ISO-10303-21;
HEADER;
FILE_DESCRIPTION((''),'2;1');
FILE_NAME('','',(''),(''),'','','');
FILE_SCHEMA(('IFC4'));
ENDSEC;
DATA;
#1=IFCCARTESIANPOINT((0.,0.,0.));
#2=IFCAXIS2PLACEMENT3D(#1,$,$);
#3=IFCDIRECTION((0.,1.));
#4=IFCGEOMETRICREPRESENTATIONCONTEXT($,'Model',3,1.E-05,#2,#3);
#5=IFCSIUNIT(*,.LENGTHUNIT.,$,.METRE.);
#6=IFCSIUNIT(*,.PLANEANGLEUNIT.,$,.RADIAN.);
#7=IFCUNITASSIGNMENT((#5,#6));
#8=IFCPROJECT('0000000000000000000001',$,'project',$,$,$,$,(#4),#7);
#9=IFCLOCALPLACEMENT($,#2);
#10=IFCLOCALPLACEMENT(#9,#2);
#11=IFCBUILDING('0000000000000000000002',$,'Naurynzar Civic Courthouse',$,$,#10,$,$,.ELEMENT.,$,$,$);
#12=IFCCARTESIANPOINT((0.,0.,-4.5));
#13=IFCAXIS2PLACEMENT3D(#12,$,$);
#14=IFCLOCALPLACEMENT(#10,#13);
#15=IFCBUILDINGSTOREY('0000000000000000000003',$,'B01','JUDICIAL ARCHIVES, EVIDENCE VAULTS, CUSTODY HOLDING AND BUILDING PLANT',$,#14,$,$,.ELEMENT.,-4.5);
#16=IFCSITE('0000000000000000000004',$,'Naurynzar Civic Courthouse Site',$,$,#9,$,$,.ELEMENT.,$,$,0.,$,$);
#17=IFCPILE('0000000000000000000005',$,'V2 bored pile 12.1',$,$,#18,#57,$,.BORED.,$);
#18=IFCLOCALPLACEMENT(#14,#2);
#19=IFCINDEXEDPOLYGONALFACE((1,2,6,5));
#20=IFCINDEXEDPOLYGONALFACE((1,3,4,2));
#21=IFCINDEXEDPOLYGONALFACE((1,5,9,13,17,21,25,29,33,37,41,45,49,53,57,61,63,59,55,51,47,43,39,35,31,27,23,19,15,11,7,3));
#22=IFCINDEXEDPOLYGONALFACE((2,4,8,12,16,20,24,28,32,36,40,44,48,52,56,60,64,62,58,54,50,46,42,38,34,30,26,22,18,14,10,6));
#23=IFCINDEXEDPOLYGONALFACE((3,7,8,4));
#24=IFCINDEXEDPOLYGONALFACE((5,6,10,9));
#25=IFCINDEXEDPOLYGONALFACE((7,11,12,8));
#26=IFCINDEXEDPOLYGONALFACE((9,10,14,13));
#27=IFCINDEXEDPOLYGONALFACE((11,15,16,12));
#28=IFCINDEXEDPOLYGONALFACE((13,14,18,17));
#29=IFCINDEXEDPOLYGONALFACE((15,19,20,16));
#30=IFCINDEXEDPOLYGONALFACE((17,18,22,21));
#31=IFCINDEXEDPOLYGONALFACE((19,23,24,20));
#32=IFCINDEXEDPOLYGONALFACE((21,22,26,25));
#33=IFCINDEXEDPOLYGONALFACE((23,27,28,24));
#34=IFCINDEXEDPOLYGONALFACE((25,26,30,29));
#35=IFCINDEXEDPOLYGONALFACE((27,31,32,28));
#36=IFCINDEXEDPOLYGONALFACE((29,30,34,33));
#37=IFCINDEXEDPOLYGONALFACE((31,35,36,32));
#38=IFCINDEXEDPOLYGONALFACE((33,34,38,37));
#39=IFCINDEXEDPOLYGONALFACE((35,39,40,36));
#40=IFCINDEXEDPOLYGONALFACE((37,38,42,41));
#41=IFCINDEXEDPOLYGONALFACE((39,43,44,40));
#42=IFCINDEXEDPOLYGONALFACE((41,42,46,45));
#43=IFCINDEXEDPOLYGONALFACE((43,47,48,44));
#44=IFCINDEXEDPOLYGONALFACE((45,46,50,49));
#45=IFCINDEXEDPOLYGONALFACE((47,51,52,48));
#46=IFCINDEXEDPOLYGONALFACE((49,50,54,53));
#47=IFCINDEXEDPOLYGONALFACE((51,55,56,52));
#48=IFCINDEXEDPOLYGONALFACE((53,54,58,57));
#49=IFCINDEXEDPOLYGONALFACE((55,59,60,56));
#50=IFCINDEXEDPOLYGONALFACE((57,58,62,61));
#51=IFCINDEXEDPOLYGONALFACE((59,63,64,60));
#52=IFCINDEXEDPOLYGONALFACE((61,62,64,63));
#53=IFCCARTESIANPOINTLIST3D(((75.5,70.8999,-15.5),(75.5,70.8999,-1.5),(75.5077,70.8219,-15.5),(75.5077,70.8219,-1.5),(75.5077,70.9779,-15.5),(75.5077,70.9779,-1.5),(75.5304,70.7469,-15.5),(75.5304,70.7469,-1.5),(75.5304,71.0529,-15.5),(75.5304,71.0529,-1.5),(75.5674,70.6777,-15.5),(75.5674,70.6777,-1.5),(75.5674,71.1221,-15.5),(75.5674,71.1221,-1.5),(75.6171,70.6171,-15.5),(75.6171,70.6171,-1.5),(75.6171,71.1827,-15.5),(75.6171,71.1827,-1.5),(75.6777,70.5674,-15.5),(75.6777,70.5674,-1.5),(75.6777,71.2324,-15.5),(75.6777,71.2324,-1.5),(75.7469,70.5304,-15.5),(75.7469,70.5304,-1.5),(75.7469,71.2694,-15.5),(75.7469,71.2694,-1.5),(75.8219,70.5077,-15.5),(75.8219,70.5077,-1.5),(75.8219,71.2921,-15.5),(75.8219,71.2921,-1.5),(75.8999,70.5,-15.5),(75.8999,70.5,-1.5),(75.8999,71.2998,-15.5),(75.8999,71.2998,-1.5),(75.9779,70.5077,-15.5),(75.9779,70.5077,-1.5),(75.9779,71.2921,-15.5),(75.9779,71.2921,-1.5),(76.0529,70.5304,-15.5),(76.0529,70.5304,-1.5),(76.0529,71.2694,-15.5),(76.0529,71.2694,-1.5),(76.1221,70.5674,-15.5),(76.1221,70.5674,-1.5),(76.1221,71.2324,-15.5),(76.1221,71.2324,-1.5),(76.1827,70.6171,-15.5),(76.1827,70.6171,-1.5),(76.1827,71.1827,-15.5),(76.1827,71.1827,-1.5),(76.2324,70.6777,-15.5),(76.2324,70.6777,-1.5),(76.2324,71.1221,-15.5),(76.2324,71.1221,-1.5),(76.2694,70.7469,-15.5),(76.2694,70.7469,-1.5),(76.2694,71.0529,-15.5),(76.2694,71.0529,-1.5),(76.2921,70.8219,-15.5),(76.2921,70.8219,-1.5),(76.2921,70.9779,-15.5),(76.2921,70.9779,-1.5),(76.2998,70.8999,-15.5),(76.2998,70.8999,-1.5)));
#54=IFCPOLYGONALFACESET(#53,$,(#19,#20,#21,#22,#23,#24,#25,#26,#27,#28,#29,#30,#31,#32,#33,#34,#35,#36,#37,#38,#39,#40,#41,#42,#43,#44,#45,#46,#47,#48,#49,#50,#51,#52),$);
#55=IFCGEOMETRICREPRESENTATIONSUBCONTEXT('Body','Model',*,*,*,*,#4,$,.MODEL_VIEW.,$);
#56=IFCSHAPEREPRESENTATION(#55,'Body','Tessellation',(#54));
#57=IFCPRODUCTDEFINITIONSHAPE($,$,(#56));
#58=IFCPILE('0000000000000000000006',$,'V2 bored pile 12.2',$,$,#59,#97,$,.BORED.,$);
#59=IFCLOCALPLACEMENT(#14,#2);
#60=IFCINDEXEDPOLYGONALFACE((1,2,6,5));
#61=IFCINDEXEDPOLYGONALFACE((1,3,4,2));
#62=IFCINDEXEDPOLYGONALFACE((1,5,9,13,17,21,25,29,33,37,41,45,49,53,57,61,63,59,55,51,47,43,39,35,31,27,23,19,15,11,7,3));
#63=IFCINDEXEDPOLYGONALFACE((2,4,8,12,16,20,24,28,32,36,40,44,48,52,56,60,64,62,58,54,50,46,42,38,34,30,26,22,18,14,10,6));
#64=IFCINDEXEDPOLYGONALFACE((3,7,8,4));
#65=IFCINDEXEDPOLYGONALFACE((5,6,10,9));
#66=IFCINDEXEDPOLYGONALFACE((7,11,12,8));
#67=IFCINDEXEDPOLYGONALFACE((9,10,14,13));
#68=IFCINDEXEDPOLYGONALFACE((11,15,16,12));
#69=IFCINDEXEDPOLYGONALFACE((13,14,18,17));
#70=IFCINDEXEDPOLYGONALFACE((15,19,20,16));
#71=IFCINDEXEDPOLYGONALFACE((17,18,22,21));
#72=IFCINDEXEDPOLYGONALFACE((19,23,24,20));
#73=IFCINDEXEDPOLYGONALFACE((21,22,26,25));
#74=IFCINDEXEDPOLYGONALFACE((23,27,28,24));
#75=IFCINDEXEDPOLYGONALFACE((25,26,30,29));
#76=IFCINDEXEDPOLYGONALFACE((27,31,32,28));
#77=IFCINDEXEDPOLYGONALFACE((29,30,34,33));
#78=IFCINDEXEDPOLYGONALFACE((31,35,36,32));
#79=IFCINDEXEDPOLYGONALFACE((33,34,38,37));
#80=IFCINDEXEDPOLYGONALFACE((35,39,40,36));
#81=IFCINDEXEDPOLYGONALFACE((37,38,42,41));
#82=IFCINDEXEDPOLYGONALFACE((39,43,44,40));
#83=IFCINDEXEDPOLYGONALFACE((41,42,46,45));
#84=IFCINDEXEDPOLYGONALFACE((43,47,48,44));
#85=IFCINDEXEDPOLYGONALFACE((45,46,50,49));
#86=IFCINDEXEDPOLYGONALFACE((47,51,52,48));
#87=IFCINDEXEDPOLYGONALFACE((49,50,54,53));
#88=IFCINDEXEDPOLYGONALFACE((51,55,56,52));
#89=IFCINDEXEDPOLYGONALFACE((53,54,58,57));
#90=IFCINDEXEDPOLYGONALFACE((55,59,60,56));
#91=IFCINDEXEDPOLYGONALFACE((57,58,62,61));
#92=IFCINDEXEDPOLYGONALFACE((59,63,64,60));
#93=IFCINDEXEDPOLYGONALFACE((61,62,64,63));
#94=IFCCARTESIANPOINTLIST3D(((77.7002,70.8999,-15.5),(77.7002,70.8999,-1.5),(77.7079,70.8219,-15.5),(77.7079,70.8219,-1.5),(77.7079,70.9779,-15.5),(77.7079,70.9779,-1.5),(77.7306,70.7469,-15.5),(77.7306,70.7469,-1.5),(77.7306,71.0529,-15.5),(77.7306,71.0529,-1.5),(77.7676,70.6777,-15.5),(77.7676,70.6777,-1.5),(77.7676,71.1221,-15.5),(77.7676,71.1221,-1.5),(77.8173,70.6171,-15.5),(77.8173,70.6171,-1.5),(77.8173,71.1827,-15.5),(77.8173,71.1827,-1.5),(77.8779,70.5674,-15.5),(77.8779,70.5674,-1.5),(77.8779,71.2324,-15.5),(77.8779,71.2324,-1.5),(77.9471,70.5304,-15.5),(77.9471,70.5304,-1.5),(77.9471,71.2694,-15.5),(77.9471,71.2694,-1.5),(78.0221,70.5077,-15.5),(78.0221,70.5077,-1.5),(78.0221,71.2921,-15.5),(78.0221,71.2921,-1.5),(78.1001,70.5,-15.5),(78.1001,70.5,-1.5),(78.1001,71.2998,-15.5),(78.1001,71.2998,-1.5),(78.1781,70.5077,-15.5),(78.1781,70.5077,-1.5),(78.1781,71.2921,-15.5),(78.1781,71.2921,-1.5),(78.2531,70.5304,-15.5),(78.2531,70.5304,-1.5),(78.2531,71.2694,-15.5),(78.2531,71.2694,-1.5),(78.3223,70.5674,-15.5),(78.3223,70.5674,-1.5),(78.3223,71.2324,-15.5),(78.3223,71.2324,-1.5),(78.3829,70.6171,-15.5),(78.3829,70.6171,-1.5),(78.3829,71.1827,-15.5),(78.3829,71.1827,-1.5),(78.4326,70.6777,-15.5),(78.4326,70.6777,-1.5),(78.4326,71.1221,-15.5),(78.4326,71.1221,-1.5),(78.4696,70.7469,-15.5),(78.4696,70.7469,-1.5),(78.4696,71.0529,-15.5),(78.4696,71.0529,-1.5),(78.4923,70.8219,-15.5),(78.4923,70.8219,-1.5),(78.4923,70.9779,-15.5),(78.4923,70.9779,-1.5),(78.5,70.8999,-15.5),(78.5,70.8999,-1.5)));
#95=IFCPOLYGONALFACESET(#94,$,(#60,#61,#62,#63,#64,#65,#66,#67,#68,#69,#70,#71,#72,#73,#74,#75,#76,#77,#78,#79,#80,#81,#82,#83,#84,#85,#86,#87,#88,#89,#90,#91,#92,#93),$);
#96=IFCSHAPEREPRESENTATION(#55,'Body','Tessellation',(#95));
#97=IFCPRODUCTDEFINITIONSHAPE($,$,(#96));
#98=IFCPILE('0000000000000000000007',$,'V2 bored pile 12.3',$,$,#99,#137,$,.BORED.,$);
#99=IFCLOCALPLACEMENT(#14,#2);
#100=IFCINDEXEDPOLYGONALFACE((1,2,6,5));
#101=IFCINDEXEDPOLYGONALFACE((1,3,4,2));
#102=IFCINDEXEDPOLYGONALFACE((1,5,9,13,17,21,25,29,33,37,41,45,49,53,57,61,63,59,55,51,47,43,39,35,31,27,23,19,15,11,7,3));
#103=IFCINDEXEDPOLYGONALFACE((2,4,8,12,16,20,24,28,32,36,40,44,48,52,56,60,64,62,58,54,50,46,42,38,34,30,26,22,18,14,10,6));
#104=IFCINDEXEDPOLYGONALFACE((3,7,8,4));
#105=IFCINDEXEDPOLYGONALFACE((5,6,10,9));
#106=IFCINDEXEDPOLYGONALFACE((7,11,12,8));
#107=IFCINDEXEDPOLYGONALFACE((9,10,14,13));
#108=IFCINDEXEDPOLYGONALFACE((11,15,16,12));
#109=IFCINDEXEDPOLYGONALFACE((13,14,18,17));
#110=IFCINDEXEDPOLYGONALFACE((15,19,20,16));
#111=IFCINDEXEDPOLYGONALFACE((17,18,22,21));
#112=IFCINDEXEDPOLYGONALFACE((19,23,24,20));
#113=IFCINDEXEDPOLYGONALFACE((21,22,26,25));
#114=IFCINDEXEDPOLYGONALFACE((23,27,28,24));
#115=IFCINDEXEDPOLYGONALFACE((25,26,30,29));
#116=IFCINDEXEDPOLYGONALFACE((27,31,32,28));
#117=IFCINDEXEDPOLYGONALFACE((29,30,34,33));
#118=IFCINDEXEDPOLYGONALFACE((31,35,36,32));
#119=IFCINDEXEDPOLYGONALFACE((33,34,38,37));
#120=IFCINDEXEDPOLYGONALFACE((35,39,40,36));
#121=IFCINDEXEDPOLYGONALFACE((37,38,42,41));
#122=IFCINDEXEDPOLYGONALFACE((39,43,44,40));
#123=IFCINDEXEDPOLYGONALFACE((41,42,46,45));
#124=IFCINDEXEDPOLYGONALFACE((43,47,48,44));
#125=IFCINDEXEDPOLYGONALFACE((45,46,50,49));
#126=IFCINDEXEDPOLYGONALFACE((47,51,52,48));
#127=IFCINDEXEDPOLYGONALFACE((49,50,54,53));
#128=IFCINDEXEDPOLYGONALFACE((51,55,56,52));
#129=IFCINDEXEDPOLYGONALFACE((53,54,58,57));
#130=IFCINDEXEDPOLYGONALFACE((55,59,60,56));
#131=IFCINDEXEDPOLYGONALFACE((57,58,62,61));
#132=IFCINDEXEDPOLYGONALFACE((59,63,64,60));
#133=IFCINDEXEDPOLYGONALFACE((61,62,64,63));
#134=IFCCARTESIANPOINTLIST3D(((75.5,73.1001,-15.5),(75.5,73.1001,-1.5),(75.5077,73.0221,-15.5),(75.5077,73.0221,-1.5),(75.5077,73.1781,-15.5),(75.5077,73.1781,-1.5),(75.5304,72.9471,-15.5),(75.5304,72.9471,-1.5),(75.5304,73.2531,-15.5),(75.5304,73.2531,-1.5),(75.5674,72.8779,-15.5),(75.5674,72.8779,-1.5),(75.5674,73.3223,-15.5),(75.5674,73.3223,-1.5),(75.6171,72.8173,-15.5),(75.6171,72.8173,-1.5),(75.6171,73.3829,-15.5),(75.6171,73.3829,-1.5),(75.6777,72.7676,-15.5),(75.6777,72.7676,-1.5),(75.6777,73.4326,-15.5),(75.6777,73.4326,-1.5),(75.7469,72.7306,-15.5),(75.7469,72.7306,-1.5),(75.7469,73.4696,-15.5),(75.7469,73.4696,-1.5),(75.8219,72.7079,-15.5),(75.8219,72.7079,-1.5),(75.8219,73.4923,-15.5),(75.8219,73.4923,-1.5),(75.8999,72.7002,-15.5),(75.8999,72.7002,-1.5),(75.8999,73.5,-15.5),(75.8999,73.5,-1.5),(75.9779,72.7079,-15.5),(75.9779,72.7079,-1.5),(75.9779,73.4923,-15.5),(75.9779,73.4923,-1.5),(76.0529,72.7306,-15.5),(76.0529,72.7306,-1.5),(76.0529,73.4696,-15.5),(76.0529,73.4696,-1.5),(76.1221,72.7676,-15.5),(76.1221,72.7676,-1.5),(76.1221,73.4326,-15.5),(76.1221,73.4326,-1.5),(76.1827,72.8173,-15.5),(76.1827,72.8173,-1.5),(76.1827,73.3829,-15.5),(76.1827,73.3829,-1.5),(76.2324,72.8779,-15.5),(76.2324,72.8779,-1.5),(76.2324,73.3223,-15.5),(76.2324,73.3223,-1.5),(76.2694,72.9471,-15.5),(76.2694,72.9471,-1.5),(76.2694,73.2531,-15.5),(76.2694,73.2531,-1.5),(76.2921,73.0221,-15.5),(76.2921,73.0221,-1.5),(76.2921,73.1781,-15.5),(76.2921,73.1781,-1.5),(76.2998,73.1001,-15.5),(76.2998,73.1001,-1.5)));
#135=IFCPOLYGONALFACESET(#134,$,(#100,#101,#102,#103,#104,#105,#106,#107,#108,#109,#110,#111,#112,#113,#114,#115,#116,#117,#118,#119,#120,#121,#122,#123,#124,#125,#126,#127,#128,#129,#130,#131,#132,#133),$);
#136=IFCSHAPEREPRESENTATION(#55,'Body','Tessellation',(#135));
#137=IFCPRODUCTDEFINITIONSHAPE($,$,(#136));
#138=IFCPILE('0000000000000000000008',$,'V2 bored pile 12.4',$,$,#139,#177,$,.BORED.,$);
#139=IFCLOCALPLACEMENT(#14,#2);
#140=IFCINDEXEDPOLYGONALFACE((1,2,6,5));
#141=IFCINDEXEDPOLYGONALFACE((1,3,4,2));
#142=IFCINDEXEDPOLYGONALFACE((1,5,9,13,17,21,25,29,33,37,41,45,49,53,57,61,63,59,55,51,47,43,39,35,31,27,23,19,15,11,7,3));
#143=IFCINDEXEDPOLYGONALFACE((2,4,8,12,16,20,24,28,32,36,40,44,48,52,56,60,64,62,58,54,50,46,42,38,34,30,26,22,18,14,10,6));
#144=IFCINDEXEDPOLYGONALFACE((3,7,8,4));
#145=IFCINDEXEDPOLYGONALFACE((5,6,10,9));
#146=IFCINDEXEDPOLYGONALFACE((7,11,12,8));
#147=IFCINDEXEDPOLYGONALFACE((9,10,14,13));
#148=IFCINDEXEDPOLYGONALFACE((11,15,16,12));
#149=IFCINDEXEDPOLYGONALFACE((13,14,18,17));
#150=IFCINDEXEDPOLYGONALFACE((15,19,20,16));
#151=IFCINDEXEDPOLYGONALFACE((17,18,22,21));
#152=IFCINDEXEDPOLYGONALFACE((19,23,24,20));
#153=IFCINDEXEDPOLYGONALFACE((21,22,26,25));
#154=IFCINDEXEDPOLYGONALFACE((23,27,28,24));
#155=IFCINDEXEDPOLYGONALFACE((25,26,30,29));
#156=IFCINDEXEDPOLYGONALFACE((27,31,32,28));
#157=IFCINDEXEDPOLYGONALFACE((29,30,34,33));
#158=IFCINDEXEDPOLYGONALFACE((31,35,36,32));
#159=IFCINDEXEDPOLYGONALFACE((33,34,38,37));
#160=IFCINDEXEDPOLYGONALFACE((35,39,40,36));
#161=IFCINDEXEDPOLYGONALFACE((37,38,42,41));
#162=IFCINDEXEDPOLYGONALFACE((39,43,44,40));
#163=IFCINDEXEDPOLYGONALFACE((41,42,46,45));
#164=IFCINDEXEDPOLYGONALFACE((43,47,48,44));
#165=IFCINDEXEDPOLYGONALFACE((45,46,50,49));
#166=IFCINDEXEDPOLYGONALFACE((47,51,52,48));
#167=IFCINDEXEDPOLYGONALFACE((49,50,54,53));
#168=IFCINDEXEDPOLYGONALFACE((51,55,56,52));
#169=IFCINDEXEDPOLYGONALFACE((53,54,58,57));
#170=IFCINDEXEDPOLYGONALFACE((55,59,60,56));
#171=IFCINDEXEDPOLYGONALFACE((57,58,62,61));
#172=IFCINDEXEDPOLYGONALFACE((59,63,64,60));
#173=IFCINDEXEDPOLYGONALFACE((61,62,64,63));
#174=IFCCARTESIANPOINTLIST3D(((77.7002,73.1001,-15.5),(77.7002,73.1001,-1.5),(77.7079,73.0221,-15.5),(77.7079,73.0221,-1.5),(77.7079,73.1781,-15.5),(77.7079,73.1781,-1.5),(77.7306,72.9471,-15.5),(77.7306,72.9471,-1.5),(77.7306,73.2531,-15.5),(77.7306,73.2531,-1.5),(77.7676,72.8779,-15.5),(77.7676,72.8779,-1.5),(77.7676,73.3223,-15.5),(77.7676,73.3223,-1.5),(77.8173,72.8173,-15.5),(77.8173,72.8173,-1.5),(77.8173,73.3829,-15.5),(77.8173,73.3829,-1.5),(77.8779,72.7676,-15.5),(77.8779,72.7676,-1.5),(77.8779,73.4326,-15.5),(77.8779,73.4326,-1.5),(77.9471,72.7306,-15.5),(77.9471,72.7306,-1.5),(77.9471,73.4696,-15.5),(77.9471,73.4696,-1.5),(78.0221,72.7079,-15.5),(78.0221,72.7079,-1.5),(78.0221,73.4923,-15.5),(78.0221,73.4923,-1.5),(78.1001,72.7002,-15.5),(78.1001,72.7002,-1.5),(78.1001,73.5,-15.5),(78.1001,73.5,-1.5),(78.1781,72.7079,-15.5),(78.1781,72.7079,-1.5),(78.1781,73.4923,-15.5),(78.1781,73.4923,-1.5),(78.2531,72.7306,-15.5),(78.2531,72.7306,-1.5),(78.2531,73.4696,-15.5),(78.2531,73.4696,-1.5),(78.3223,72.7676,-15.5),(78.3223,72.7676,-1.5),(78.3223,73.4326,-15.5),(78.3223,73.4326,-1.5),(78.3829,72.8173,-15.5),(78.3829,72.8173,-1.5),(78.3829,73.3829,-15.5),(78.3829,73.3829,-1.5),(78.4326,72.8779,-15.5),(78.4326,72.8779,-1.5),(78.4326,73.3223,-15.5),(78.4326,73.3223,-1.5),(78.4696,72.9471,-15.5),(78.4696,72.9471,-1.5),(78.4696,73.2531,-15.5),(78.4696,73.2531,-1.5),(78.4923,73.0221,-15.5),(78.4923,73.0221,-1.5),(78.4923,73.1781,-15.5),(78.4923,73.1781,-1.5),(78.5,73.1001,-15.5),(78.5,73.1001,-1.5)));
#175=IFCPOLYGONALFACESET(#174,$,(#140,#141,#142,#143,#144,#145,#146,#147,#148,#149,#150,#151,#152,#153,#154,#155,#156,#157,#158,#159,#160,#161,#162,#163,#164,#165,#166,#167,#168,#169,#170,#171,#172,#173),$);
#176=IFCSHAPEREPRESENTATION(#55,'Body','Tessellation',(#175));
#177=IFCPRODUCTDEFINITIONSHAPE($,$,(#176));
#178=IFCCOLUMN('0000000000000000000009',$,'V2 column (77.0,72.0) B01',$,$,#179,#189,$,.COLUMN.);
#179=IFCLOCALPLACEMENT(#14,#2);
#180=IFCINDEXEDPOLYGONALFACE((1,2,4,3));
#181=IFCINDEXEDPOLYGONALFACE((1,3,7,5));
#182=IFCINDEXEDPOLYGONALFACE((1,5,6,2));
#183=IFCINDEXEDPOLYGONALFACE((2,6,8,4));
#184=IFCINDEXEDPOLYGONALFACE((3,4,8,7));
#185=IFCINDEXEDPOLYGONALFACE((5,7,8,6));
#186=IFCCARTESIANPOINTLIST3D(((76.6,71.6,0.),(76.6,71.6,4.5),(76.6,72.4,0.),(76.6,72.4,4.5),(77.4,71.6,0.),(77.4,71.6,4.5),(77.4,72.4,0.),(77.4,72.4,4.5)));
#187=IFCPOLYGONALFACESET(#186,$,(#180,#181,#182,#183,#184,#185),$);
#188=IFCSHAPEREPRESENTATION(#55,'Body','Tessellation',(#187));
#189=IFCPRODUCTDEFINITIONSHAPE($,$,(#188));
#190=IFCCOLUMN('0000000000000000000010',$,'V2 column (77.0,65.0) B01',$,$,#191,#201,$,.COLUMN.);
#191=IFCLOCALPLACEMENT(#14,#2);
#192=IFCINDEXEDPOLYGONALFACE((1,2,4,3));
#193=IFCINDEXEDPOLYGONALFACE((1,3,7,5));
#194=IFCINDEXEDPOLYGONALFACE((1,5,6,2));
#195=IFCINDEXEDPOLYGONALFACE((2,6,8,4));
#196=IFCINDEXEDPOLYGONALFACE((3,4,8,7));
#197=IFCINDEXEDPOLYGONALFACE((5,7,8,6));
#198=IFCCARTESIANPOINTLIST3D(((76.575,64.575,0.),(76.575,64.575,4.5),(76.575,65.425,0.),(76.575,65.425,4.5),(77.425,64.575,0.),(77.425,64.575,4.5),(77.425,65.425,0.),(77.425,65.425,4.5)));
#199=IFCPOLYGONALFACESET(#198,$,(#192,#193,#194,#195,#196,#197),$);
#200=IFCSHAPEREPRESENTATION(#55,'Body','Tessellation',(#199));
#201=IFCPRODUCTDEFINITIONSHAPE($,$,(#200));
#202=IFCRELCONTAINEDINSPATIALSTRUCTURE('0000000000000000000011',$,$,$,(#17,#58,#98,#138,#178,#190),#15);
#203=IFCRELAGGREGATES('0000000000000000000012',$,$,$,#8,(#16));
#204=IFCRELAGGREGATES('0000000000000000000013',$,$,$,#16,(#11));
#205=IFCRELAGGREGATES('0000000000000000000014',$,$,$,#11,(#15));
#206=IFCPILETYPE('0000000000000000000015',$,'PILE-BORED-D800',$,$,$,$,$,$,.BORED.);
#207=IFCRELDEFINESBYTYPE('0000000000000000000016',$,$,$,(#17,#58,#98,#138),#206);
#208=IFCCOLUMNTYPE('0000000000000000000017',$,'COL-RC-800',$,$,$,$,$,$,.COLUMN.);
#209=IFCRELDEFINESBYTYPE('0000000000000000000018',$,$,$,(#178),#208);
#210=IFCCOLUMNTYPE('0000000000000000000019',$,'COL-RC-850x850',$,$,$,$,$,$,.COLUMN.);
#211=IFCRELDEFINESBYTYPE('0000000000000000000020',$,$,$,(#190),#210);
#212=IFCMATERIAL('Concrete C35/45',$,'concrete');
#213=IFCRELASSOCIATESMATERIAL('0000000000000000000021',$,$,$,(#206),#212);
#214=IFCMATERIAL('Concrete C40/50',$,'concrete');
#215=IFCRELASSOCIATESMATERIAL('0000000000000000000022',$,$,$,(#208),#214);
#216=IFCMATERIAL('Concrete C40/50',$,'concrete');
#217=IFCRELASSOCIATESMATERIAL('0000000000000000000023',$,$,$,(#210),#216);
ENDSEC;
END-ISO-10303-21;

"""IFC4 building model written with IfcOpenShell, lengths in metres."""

from ifc_helpers import new_model, si_unit, direction, frame, origin, origin_2d, place, context, subcontext, project, spatial, rectangle, circle, extrude, material, material_profile, profile_set, type_object, element, save


model = new_model("IFC4")

# Units and contexts
model_context = context("Model", 3, precision=1e-05, world=origin(), true_north=direction((0.0, 1.0)))
body_context = subcontext(model_context, "Body", "Model", "MODEL_VIEW")
ifc_project = project(units=[si_unit("LENGTHUNIT", "METRE"), si_unit("PLANEANGLEUNIT", "RADIAN")], contexts=[model_context])

# Site, building, storey
site_placement = place(None, origin())
site = spatial("IfcSite", under=ifc_project, at=site_placement, Name="Naurynzar Civic Courthouse Site", CompositionType="ELEMENT", RefElevation=0.0)
building_placement = place(site_placement, origin())
building = spatial("IfcBuilding", under=site, at=building_placement, Name="Naurynzar Civic Courthouse", CompositionType="ELEMENT")
storey_placement = place(building_placement, frame((0.0, 0.0, -4.5)))
storey = spatial("IfcBuildingStorey", under=building, at=storey_placement, Name="B01", Description="JUDICIAL ARCHIVES, EVIDENCE VAULTS, CUSTODY HOLDING AND BUILDING PLANT", CompositionType="ELEMENT", Elevation=-4.5)

# Piles
ifc_material_1 = material(Name="Concrete C35/45", Category="concrete")
ifc_material_profile_1 = material_profile(ifc_material_1, circle(Radius=0.3999, at=origin_2d()), Name="PILE D800")
ifc_profile_set_1 = profile_set([ifc_material_profile_1], Name="Concrete C35/45")
pile_type_1 = type_object("IfcPileType", Name="PILE-BORED-D800", PredefinedType="BORED", material=ifc_profile_set_1)
for number, where, z_axis, x_axis, name in (
    (1, (75.8999, 70.8999, -1.5), (0.0, 0.0, -1.0), (1.0, 0.0, 0.0), "V2 bored pile 12.1"),
    (2, (78.1001, 70.8999, -1.5), (0.0, 0.0, -1.0), (1.0, 0.0, 0.0), "V2 bored pile 12.2"),
    (3, (75.8999, 73.1001, -1.5), (0.0, 0.0, -1.0), (1.0, 0.0, 0.0), "V2 bored pile 12.3"),
    (4, (78.1001, 73.1001, -1.5), (0.0, 0.0, -1.0), (1.0, 0.0, 0.0), "V2 bored pile 12.4"),
):
    element("IfcPile", number, at=place(storey_placement, frame(where, z_axis=z_axis, x_axis=x_axis)), inside=storey, type_object=pile_type_1, Name=name, PredefinedType="BORED", context=body_context, shape_type="SweptSolid", body=[
        extrude(circle(Radius=0.3999, at=origin_2d()), origin(), (0.0, 0.0, 1.0), 14.0),
    ])

# Columns
ifc_material_2 = material(Name="Concrete C40/50", Category="concrete")
ifc_material_profile_2 = material_profile(ifc_material_2, rectangle(XDim=0.8, YDim=0.8, at=origin_2d()), Name="RC 800x800")
ifc_profile_set_2 = profile_set([ifc_material_profile_2], Name="Concrete C40/50")
column_type_1 = type_object("IfcColumnType", Name="COL-RC-800", PredefinedType="COLUMN", material=ifc_profile_set_2)
column_1_placement = place(storey_placement, frame((77.0, 72.0, 0.0), z_axis=(0.0, 0.0, 1.0), x_axis=(1.0, 0.0, 0.0)))
element("IfcColumn", 5, at=column_1_placement, inside=storey, type_object=column_type_1, Name="V2 column (77.0,72.0) B01", PredefinedType="COLUMN", context=body_context, shape_type="SweptSolid", body=[
    extrude(rectangle(XDim=0.8, YDim=0.8, at=origin_2d()), origin(), (0.0, 0.0, 1.0), 4.5),
])
ifc_material_3 = material(Name="Concrete C40/50", Category="concrete")
ifc_material_profile_3 = material_profile(ifc_material_3, rectangle(XDim=0.8501, YDim=0.8501, at=origin_2d()), Name="RC 850x850")
ifc_profile_set_3 = profile_set([ifc_material_profile_3], Name="Concrete C40/50")
column_type_2 = type_object("IfcColumnType", Name="COL-RC-850x850", PredefinedType="COLUMN", material=ifc_profile_set_3)
column_2_placement = place(storey_placement, frame((77.0, 65.0, 0.0), z_axis=(0.0, 0.0, 1.0), x_axis=(1.0, 0.0, 0.0)))
element("IfcColumn", 6, at=column_2_placement, inside=storey, type_object=column_type_2, Name="V2 column (77.0,65.0) B01", PredefinedType="COLUMN", context=body_context, shape_type="SweptSolid", body=[
    extrude(rectangle(XDim=0.8501, YDim=0.8501, at=origin_2d()), origin(), (0.0, 0.0, 1.0), 4.5),
])

save(model, "model.ifc")
